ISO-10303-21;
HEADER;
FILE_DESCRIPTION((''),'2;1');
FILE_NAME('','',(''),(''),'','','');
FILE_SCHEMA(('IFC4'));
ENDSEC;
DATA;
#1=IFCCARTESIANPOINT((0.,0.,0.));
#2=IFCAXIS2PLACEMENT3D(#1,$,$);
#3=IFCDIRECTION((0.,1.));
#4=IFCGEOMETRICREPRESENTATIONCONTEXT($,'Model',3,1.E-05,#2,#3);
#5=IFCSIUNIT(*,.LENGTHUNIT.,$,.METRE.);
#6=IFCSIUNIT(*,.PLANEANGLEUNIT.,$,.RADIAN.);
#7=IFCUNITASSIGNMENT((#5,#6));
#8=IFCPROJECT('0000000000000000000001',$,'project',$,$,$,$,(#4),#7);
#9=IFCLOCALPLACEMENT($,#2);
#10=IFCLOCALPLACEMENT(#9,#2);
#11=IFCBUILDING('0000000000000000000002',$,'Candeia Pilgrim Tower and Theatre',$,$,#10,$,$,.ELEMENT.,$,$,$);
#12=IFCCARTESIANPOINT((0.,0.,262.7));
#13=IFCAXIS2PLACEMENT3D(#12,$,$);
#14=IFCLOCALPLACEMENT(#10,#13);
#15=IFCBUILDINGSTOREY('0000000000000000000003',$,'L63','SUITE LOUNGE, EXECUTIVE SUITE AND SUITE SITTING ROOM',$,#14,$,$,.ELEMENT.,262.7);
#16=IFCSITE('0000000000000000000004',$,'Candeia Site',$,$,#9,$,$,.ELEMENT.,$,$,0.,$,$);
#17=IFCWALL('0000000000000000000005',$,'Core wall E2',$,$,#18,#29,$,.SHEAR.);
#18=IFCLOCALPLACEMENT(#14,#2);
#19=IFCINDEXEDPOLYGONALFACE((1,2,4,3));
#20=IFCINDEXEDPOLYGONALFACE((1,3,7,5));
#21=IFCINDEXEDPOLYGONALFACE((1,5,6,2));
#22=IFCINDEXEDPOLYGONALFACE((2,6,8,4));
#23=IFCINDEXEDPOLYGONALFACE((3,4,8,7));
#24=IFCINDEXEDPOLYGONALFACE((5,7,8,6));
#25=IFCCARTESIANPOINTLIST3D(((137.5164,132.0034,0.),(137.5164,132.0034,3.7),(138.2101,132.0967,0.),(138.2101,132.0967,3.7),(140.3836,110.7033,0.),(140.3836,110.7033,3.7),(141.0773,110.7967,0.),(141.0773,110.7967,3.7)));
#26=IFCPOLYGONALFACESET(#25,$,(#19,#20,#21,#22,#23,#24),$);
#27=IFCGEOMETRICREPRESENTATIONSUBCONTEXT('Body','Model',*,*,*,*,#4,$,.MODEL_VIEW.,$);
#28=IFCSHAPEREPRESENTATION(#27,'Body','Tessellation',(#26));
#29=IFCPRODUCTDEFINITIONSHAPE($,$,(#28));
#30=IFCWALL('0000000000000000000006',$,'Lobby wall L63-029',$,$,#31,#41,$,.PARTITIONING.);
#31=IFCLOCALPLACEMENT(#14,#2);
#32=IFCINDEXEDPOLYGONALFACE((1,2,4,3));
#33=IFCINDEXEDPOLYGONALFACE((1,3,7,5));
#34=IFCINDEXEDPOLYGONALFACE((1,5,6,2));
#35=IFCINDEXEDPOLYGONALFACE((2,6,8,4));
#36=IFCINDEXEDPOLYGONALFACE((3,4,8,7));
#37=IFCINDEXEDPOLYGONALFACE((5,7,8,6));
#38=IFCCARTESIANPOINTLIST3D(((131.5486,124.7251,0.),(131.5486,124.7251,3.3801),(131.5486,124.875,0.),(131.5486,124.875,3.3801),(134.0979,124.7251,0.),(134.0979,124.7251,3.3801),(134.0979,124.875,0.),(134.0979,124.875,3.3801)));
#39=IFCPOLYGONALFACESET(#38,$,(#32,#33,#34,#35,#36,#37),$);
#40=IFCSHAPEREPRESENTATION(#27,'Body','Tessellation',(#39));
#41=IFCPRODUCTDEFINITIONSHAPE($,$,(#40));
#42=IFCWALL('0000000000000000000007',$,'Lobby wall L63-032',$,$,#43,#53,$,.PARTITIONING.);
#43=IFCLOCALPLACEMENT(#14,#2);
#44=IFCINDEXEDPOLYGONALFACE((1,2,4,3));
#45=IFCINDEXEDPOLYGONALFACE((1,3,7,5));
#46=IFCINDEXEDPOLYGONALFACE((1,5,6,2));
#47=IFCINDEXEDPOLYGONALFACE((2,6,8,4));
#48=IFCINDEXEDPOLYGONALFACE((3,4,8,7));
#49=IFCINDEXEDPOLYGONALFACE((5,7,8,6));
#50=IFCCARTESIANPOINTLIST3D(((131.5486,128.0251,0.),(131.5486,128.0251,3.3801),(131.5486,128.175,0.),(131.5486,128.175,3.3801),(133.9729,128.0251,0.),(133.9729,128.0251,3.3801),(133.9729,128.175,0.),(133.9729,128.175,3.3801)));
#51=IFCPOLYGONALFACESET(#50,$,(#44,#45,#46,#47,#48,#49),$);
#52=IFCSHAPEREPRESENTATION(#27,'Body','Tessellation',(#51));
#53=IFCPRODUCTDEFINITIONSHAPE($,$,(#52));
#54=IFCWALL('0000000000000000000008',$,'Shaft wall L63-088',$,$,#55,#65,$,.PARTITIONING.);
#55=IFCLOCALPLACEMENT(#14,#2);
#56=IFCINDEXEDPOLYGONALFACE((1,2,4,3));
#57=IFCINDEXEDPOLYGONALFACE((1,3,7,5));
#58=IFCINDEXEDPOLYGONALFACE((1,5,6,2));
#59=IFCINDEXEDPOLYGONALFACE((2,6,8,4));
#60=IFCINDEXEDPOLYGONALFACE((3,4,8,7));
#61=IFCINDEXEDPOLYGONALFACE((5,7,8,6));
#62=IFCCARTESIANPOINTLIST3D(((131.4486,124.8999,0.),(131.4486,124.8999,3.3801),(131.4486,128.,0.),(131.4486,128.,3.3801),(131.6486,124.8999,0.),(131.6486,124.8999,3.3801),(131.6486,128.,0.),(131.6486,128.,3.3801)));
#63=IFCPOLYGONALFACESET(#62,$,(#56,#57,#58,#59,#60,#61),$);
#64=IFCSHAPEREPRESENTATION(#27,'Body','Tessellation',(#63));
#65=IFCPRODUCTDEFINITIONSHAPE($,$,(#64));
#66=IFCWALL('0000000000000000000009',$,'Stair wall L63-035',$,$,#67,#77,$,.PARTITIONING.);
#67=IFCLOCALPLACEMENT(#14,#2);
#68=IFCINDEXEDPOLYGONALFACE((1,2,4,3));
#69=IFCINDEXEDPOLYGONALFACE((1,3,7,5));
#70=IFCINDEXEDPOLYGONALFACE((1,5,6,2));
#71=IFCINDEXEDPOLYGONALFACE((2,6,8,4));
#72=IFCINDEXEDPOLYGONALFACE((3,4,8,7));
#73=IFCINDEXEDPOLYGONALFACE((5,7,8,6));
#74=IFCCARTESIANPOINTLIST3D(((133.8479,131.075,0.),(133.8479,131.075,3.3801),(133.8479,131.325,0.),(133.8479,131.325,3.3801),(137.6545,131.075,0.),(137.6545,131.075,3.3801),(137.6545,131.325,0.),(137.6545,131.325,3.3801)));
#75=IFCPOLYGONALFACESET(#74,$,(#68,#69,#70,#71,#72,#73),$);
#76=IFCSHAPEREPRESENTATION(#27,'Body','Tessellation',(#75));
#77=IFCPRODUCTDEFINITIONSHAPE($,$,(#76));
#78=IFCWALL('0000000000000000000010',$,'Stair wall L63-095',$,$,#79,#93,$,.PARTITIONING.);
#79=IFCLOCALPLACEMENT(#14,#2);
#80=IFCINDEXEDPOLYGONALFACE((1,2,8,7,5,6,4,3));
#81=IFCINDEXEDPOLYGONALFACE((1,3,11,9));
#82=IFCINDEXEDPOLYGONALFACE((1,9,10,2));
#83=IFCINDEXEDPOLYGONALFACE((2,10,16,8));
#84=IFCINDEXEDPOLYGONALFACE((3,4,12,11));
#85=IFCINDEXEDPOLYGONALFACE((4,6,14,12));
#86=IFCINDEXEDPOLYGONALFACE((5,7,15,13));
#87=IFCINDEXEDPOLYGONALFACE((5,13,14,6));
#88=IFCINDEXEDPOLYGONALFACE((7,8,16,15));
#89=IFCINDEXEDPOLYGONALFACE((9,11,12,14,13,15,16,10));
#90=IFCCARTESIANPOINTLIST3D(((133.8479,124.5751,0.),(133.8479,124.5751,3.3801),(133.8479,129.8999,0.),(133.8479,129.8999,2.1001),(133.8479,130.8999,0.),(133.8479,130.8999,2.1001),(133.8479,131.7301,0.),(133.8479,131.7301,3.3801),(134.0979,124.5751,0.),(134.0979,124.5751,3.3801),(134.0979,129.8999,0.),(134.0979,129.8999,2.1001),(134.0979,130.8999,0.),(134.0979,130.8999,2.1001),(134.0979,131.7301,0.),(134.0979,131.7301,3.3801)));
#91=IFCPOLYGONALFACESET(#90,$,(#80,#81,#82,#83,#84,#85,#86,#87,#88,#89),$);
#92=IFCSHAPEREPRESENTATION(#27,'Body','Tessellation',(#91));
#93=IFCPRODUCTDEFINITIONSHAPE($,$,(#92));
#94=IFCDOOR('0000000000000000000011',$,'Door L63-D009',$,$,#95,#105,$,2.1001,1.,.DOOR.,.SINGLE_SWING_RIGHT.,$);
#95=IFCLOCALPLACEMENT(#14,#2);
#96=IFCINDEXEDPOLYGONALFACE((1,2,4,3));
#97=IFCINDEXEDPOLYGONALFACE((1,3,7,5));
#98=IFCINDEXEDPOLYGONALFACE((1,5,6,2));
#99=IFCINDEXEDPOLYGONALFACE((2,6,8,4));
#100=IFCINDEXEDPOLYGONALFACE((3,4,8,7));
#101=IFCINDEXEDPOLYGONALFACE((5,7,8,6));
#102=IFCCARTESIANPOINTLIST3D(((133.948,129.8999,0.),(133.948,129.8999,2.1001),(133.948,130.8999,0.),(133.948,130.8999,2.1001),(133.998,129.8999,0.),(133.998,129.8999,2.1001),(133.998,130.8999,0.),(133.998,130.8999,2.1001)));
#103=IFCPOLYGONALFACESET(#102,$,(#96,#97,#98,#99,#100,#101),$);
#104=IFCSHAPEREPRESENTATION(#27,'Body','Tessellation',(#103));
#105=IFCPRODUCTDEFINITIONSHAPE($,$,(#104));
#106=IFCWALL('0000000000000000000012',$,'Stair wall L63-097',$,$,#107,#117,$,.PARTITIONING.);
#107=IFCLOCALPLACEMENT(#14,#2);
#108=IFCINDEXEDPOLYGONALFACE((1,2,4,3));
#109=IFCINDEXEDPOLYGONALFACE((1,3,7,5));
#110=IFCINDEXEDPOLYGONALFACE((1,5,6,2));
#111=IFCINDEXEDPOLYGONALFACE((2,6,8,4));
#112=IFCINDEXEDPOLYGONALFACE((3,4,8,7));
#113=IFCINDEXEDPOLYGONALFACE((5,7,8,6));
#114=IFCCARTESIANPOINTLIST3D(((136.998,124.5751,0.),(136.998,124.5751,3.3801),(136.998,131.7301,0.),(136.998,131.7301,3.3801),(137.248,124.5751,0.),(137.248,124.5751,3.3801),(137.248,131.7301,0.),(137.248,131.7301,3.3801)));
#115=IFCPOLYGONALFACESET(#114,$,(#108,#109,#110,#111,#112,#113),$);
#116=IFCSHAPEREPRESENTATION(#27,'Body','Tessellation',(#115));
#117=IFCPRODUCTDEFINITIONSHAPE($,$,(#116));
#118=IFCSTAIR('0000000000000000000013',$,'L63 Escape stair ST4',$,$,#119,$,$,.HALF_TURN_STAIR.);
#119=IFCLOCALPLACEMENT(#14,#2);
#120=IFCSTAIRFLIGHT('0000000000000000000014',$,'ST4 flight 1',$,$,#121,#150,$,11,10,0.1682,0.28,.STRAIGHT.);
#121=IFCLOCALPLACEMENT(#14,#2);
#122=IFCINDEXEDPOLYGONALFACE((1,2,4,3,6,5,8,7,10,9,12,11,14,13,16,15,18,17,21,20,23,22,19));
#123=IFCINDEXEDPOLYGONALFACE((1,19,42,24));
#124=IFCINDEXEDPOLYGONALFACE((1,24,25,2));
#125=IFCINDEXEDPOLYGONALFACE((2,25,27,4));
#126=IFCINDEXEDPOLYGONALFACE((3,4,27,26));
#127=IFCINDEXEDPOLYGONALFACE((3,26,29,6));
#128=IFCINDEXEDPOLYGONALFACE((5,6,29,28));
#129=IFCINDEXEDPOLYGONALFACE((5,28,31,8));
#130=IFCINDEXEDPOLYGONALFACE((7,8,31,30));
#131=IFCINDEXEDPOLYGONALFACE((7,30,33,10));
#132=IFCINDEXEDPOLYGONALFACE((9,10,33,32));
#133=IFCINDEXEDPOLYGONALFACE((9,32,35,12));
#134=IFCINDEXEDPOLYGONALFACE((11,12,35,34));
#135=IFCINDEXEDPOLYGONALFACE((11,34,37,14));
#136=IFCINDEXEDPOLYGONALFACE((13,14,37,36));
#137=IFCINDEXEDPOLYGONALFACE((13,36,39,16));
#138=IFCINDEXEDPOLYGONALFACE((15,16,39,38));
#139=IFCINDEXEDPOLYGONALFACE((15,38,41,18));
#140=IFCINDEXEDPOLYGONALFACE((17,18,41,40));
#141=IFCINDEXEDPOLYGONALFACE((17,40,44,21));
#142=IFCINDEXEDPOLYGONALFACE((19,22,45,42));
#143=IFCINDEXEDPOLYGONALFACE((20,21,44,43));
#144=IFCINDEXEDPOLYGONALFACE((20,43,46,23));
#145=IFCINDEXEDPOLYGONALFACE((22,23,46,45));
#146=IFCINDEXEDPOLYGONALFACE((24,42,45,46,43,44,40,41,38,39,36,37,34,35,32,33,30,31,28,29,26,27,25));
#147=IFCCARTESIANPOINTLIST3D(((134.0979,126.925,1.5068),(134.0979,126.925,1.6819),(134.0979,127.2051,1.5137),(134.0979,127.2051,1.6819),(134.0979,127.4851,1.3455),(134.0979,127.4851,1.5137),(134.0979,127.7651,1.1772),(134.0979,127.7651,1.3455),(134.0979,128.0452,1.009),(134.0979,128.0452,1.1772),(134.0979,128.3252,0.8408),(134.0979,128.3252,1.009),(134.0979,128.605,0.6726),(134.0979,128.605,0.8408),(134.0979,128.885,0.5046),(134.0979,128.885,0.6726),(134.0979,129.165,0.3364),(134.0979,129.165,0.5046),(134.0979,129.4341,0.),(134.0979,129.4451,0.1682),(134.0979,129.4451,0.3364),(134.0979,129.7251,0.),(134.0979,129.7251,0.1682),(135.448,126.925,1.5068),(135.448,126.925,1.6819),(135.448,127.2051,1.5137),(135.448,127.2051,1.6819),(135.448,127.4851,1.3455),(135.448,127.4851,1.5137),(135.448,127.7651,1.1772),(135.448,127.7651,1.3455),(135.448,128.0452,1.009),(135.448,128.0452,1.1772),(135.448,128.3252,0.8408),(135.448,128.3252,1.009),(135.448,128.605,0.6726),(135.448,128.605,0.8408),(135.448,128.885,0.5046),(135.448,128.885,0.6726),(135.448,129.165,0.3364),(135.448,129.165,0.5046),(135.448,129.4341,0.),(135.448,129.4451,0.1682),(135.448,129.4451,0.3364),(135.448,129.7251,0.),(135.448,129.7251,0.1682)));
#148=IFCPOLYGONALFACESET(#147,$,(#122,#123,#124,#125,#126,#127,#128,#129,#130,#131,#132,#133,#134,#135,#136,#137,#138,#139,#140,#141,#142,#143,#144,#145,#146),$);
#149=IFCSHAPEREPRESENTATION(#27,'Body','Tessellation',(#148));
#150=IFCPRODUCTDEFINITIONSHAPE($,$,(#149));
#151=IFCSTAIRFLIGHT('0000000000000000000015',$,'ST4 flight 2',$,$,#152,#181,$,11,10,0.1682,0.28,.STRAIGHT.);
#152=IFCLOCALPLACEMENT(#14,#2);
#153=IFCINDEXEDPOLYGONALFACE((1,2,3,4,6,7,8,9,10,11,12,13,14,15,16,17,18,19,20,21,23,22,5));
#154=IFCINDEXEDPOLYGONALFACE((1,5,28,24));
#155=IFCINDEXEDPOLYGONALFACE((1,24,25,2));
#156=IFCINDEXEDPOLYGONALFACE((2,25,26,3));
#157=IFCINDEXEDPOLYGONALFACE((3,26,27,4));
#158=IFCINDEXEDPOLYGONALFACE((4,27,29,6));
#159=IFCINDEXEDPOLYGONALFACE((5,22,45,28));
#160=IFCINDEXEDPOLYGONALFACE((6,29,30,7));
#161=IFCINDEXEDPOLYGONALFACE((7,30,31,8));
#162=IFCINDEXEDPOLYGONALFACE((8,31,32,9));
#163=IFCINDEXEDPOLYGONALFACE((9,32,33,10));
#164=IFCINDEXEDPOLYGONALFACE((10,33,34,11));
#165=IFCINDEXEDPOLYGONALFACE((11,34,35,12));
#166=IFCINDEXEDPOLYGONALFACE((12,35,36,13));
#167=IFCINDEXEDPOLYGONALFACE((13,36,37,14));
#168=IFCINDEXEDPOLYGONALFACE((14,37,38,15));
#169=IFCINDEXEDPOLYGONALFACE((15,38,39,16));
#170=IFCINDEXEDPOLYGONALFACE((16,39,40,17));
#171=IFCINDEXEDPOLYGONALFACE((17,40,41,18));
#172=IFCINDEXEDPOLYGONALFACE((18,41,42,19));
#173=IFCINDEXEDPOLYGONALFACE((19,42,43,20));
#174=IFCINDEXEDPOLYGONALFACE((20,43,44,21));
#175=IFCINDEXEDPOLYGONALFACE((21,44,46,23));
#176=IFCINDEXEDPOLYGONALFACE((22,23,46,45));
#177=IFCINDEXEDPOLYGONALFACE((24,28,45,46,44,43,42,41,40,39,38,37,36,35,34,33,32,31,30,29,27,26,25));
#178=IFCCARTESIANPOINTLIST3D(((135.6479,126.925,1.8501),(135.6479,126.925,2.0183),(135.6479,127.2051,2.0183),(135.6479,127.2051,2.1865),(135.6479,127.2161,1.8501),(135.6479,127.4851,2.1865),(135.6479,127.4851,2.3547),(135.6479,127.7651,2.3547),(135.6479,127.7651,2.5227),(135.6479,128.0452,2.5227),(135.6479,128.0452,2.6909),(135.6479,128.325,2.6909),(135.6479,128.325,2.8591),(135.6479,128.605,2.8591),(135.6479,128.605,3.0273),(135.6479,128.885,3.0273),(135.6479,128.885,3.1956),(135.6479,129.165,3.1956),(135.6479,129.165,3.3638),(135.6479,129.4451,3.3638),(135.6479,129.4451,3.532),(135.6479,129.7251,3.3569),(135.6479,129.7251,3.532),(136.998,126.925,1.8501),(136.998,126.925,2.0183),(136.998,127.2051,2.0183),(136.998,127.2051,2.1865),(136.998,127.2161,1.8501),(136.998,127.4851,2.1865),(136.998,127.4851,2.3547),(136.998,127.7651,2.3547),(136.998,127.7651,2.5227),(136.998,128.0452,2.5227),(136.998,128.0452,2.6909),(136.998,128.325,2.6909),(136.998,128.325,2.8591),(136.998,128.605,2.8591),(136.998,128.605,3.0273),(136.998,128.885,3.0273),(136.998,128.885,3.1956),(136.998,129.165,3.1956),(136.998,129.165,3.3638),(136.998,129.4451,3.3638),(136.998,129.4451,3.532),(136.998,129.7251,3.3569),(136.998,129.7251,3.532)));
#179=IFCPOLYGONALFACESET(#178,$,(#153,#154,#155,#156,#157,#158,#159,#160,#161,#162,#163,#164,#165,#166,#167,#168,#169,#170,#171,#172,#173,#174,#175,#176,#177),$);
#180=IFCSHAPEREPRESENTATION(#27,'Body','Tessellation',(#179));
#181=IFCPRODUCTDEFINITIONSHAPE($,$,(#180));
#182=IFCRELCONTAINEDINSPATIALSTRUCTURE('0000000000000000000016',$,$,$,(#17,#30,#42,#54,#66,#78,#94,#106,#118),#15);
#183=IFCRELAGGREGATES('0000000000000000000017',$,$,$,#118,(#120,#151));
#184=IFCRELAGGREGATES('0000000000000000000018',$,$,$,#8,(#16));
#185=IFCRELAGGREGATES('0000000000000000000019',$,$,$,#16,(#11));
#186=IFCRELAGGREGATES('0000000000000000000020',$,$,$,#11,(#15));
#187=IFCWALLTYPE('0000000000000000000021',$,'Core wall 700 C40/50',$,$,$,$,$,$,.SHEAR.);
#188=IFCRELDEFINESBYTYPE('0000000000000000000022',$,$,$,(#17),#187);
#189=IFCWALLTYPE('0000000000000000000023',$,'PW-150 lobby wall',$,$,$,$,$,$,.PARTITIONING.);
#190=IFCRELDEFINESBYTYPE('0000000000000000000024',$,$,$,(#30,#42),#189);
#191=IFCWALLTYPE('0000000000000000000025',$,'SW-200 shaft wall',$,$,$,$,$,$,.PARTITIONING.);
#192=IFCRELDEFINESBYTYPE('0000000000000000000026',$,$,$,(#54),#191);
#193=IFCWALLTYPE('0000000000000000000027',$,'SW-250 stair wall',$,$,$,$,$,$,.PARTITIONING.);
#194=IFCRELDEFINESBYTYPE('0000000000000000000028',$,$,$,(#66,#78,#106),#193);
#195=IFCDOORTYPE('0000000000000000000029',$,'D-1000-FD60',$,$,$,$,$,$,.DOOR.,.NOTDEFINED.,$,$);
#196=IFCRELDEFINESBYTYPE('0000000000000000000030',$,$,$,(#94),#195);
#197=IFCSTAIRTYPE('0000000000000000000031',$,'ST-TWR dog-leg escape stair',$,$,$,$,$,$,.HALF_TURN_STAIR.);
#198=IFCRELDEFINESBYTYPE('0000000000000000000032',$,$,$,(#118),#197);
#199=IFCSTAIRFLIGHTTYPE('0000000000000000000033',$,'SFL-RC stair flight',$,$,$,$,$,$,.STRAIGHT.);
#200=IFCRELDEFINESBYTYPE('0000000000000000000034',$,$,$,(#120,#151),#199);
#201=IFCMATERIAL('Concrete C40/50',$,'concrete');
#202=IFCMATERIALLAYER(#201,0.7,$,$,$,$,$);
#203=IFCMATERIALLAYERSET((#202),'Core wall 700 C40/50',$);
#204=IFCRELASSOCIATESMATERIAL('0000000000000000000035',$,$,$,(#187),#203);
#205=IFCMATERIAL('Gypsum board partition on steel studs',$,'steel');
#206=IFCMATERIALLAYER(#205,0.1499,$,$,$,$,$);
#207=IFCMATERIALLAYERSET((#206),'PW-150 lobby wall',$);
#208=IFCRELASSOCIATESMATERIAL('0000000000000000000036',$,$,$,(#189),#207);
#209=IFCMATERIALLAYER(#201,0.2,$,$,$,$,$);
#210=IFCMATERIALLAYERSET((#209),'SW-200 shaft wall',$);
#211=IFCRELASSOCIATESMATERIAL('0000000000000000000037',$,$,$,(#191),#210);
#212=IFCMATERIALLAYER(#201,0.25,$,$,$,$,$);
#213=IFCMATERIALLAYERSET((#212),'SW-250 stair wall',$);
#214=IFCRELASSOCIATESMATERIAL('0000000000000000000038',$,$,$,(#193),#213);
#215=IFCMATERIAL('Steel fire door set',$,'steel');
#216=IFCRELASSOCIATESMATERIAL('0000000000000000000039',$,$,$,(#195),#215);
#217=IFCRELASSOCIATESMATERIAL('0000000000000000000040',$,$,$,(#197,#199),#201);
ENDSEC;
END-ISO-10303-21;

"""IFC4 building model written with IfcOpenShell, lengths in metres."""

from ifc_helpers import new_model, si_unit, direction, frame, frame_2d, origin, place, context, subcontext, project, spatial, polyline, rectangle, outline, extrude, material, layer, layer_set, type_object, element, fill, aggregate, save


model = new_model("IFC4")

# Units and contexts
model_context = context("Model", 3, precision=1e-05, world=origin(), true_north=direction((0.0, 1.0)))
body_context = subcontext(model_context, "Body", "Model", "MODEL_VIEW")
ifc_project = project(units=[si_unit("LENGTHUNIT", "METRE"), si_unit("PLANEANGLEUNIT", "RADIAN")], contexts=[model_context])

# Site, building, storey
site_placement = place(None, origin())
site = spatial("IfcSite", under=ifc_project, at=site_placement, Name="Candeia Site", CompositionType="ELEMENT", RefElevation=0.0)
building_placement = place(site_placement, origin())
building = spatial("IfcBuilding", under=site, at=building_placement, Name="Candeia Pilgrim Tower and Theatre", CompositionType="ELEMENT")
storey_placement = place(building_placement, frame((0.0, 0.0, 262.7)))
storey = spatial("IfcBuildingStorey", under=building, at=storey_placement, Name="L63", Description="SUITE LOUNGE, EXECUTIVE SUITE AND SUITE SITTING ROOM", CompositionType="ELEMENT", Elevation=262.7)

# Wall
ifc_material_1 = material(Name="Concrete C40/50", Category="concrete")
ifc_layer_1 = layer(ifc_material_1, 0.7)
ifc_layer_set_1 = layer_set([ifc_layer_1], Name="Core wall 700 C40/50")
wall_type_1 = type_object("IfcWallType", Name="Core wall 700 C40/50", PredefinedType="SHEAR", material=ifc_layer_set_1)
wall_1_placement = place(storey_placement, frame((137.8633, 132.05, 0.0), z_axis=(0.0, 0.0, 1.0), x_axis=(0.133406, -0.991061, 0.0)))
element("IfcWall", 1, at=wall_1_placement, inside=storey, type_object=wall_type_1, Name="Core wall E2", PredefinedType="SHEAR", context=body_context, shape_type="SweptSolid", body=[
    extrude(rectangle(XDim=21.4922, YDim=0.7, at=frame_2d((10.7461, 0.0))), origin(), (0.0, 0.0, 1.0), 3.7),
])

# Walls
ifc_material_2 = material(Name="Gypsum board partition on steel studs", Category="steel")
ifc_layer_2 = layer(ifc_material_2, 0.1499)
ifc_layer_set_2 = layer_set([ifc_layer_2], Name="PW-150 lobby wall")
wall_type_2 = type_object("IfcWallType", Name="PW-150 lobby wall", PredefinedType="PARTITIONING", material=ifc_layer_set_2)
wall_2_placement = place(storey_placement, frame((131.5486, 124.8, 0.0), z_axis=(0.0, 0.0, 1.0), x_axis=(1.0, 0.0, 0.0)))
element("IfcWall", 2, at=wall_2_placement, inside=storey, type_object=wall_type_2, Name="Lobby wall L63-029", PredefinedType="PARTITIONING", context=body_context, shape_type="SweptSolid", body=[
    extrude(rectangle(XDim=2.5493, YDim=0.1499, at=frame_2d((1.2747, 0.0))), origin(), (0.0, 0.0, 1.0), 3.3801),
])
wall_3_placement = place(storey_placement, frame((131.5486, 128.1001, 0.0), z_axis=(0.0, 0.0, 1.0), x_axis=(1.0, 0.0, 0.0)))
element("IfcWall", 3, at=wall_3_placement, inside=storey, type_object=wall_type_2, Name="Lobby wall L63-032", PredefinedType="PARTITIONING", context=body_context, shape_type="SweptSolid", body=[
    extrude(rectangle(XDim=2.4243, YDim=0.1499, at=frame_2d((1.2122, 0.0))), origin(), (0.0, 0.0, 1.0), 3.3801),
])
ifc_layer_3 = layer(ifc_material_1, 0.2)
ifc_layer_set_3 = layer_set([ifc_layer_3], Name="SW-200 shaft wall")
wall_type_3 = type_object("IfcWallType", Name="SW-200 shaft wall", PredefinedType="PARTITIONING", material=ifc_layer_set_3)
wall_4_placement = place(storey_placement, frame((131.5486, 124.8999, 0.0), z_axis=(0.0, 0.0, 1.0), x_axis=(0.0, 1.0, 0.0)))
element("IfcWall", 4, at=wall_4_placement, inside=storey, type_object=wall_type_3, Name="Shaft wall L63-088", PredefinedType="PARTITIONING", context=body_context, shape_type="SweptSolid", body=[
    extrude(rectangle(XDim=3.1001, YDim=0.2, at=frame_2d((1.55, 0.0))), origin(), (0.0, 0.0, 1.0), 3.3801),
])
ifc_layer_4 = layer(ifc_material_1, 0.25)
ifc_layer_set_4 = layer_set([ifc_layer_4], Name="SW-250 stair wall")
wall_type_4 = type_object("IfcWallType", Name="SW-250 stair wall", PredefinedType="PARTITIONING", material=ifc_layer_set_4)
wall_5_placement = place(storey_placement, frame((133.8479, 131.2, 0.0), z_axis=(0.0, 0.0, 1.0), x_axis=(1.0, 0.0, 0.0)))
element("IfcWall", 5, at=wall_5_placement, inside=storey, type_object=wall_type_4, Name="Stair wall L63-035", PredefinedType="PARTITIONING", context=body_context, shape_type="SweptSolid", body=[
    extrude(rectangle(XDim=3.8066, YDim=0.25, at=frame_2d((1.9033, 0.0))), origin(), (0.0, 0.0, 1.0), 3.3801),
])

# Wall, opening, door
wall_6_placement = place(storey_placement, frame((133.9729, 124.575, 0.0), z_axis=(0.0, 0.0, 1.0), x_axis=(0.0, 1.0, 0.0)))
wall_6 = element("IfcWall", 6, at=wall_6_placement, inside=storey, type_object=wall_type_4, Name="Stair wall L63-095", PredefinedType="PARTITIONING", context=body_context, shape_type="SweptSolid", body=[
    extrude(rectangle(XDim=7.155, YDim=0.25, at=frame_2d((3.5776, 0.0))), origin(), (0.0, 0.0, 1.0), 3.3801),
])
opening_1_placement = place(wall_6_placement, frame((5.325, 0.0, 0.0)))
opening_1 = element("IfcOpeningElement", 7, at=opening_1_placement, cuts=wall_6, PredefinedType="OPENING", context=body_context, shape_type="SweptSolid", body=[
    extrude(rectangle(XDim=1.0, YDim=2.1001, at=frame_2d((0.5, 1.05))), frame((0.0, 0.135, 0.0), z_axis=(0.0, -1.0, 0.0), x_axis=(1.0, 0.0, 0.0)), (0.0, 0.0, 1.0), 0.27),
])
ifc_material_3 = material(Name="Steel fire door set", Category="steel")
door_type_1 = type_object("IfcDoorType", Name="D-1000-FD60", OperationType="NOTDEFINED", PredefinedType="DOOR", material=ifc_material_3)
door_1_placement = place(opening_1_placement, origin())
door_1 = element("IfcDoor", 8, at=door_1_placement, inside=storey, type_object=door_type_1, Name="Door L63-D009", OperationType="SINGLE_SWING_RIGHT", OverallHeight=2.1001, OverallWidth=1.0, PredefinedType="DOOR", context=body_context, shape_type="SweptSolid", body=[
    extrude(rectangle(XDim=1.0, YDim=2.1001, at=frame_2d((0.5, 1.05))), frame((0.0, 0.0249, 0.0), z_axis=(0.0, -1.0, 0.0), x_axis=(1.0, 0.0, 0.0)), (0.0, 0.0, 1.0), 0.05),
])
fill(opening_1, door_1)

# Wall
wall_7_placement = place(storey_placement, frame((137.123, 124.575, 0.0), z_axis=(0.0, 0.0, 1.0), x_axis=(0.0, 1.0, 0.0)))
element("IfcWall", 9, at=wall_7_placement, inside=storey, type_object=wall_type_4, Name="Stair wall L63-097", PredefinedType="PARTITIONING", context=body_context, shape_type="SweptSolid", body=[
    extrude(rectangle(XDim=7.155, YDim=0.25, at=frame_2d((3.5776, 0.0))), origin(), (0.0, 0.0, 1.0), 3.3801),
])

# Stair, stair flights
stair_type = type_object("IfcStairType", Name="ST-TWR dog-leg escape stair", PredefinedType="HALF_TURN_STAIR", material=ifc_material_1)
stair_placement = place(storey_placement, origin())
stair = element("IfcStair", 10, at=stair_placement, inside=storey, type_object=stair_type, Name="L63 Escape stair ST4", PredefinedType="HALF_TURN_STAIR")
stair_flight_type = type_object("IfcStairFlightType", Name="SFL-RC stair flight", PredefinedType="STRAIGHT", material=ifc_material_1)
stair_flight_1_placement = place(storey_placement, frame((134.7729, 129.7251, 0.0), z_axis=(0.0, 0.0, 1.0), x_axis=(0.0, -1.0, 0.0)))
stair_flight_1 = element("IfcStairFlight", 11, at=stair_flight_1_placement, type_object=stair_flight_type, Name="ST4 flight 1", NumberOfRisers=11, NumberOfTreads=10, PredefinedType="STRAIGHT", RiserHeight=0.1682, TreadLength=0.28, context=body_context, shape_type="SweptSolid", body=[
    extrude(outline(polyline([(0.0, 0.0), (0.0, 0.1682), (0.28, 0.1682), (0.28, 0.3364), (0.5601, 0.3364), (0.5601, 0.5046), (0.8401, 0.5046), (0.8401, 0.6726), (1.1201, 0.6726), (1.1201, 0.8408), (1.3999, 0.8408), (1.3999, 1.009), (1.6799, 1.009), (1.6799, 1.1772), (1.96, 1.1772), (1.96, 1.3455), (2.24, 1.3455), (2.24, 1.5137), (2.52, 1.5137), (2.52, 1.6819), (2.8, 1.6819), (2.8, 1.8501), (2.8, 1.5068), (0.291, 0.0), (0.0, 0.0)])), frame((0.0, 0.675, 0.0), z_axis=(0.0, -1.0, 0.0), x_axis=(1.0, 0.0, 0.0)), (0.0, 0.0, 1.0), 1.3501),
])
stair_flight_2_placement = place(storey_placement, frame((136.323, 126.925, 1.8501), z_axis=(0.0, 0.0, 1.0), x_axis=(0.0, 1.0, 0.0)))
stair_flight_2 = element("IfcStairFlight", 12, at=stair_flight_2_placement, type_object=stair_flight_type, Name="ST4 flight 2", NumberOfRisers=11, NumberOfTreads=10, PredefinedType="STRAIGHT", RiserHeight=0.1682, TreadLength=0.28, context=body_context, shape_type="SweptSolid", body=[
    extrude(outline(polyline([(0.0, 0.0), (0.0, 0.1682), (0.28, 0.1682), (0.28, 0.3364), (0.5601, 0.3364), (0.5601, 0.5046), (0.8401, 0.5046), (0.8401, 0.6726), (1.1201, 0.6726), (1.1201, 0.8408), (1.3999, 0.8408), (1.3999, 1.009), (1.6799, 1.009), (1.6799, 1.1772), (1.96, 1.1772), (1.96, 1.3455), (2.24, 1.3455), (2.24, 1.5137), (2.52, 1.5137), (2.52, 1.6819), (2.8, 1.6819), (2.8, 1.8501), (2.8, 1.5068), (0.291, 0.0), (0.0, 0.0)])), frame((0.0, 0.675, 0.0), z_axis=(0.0, -1.0, 0.0), x_axis=(1.0, 0.0, 0.0)), (0.0, 0.0, 1.0), 1.3501),
])
aggregate(stair, [stair_flight_1, stair_flight_2])

save(model, "model.ifc")
